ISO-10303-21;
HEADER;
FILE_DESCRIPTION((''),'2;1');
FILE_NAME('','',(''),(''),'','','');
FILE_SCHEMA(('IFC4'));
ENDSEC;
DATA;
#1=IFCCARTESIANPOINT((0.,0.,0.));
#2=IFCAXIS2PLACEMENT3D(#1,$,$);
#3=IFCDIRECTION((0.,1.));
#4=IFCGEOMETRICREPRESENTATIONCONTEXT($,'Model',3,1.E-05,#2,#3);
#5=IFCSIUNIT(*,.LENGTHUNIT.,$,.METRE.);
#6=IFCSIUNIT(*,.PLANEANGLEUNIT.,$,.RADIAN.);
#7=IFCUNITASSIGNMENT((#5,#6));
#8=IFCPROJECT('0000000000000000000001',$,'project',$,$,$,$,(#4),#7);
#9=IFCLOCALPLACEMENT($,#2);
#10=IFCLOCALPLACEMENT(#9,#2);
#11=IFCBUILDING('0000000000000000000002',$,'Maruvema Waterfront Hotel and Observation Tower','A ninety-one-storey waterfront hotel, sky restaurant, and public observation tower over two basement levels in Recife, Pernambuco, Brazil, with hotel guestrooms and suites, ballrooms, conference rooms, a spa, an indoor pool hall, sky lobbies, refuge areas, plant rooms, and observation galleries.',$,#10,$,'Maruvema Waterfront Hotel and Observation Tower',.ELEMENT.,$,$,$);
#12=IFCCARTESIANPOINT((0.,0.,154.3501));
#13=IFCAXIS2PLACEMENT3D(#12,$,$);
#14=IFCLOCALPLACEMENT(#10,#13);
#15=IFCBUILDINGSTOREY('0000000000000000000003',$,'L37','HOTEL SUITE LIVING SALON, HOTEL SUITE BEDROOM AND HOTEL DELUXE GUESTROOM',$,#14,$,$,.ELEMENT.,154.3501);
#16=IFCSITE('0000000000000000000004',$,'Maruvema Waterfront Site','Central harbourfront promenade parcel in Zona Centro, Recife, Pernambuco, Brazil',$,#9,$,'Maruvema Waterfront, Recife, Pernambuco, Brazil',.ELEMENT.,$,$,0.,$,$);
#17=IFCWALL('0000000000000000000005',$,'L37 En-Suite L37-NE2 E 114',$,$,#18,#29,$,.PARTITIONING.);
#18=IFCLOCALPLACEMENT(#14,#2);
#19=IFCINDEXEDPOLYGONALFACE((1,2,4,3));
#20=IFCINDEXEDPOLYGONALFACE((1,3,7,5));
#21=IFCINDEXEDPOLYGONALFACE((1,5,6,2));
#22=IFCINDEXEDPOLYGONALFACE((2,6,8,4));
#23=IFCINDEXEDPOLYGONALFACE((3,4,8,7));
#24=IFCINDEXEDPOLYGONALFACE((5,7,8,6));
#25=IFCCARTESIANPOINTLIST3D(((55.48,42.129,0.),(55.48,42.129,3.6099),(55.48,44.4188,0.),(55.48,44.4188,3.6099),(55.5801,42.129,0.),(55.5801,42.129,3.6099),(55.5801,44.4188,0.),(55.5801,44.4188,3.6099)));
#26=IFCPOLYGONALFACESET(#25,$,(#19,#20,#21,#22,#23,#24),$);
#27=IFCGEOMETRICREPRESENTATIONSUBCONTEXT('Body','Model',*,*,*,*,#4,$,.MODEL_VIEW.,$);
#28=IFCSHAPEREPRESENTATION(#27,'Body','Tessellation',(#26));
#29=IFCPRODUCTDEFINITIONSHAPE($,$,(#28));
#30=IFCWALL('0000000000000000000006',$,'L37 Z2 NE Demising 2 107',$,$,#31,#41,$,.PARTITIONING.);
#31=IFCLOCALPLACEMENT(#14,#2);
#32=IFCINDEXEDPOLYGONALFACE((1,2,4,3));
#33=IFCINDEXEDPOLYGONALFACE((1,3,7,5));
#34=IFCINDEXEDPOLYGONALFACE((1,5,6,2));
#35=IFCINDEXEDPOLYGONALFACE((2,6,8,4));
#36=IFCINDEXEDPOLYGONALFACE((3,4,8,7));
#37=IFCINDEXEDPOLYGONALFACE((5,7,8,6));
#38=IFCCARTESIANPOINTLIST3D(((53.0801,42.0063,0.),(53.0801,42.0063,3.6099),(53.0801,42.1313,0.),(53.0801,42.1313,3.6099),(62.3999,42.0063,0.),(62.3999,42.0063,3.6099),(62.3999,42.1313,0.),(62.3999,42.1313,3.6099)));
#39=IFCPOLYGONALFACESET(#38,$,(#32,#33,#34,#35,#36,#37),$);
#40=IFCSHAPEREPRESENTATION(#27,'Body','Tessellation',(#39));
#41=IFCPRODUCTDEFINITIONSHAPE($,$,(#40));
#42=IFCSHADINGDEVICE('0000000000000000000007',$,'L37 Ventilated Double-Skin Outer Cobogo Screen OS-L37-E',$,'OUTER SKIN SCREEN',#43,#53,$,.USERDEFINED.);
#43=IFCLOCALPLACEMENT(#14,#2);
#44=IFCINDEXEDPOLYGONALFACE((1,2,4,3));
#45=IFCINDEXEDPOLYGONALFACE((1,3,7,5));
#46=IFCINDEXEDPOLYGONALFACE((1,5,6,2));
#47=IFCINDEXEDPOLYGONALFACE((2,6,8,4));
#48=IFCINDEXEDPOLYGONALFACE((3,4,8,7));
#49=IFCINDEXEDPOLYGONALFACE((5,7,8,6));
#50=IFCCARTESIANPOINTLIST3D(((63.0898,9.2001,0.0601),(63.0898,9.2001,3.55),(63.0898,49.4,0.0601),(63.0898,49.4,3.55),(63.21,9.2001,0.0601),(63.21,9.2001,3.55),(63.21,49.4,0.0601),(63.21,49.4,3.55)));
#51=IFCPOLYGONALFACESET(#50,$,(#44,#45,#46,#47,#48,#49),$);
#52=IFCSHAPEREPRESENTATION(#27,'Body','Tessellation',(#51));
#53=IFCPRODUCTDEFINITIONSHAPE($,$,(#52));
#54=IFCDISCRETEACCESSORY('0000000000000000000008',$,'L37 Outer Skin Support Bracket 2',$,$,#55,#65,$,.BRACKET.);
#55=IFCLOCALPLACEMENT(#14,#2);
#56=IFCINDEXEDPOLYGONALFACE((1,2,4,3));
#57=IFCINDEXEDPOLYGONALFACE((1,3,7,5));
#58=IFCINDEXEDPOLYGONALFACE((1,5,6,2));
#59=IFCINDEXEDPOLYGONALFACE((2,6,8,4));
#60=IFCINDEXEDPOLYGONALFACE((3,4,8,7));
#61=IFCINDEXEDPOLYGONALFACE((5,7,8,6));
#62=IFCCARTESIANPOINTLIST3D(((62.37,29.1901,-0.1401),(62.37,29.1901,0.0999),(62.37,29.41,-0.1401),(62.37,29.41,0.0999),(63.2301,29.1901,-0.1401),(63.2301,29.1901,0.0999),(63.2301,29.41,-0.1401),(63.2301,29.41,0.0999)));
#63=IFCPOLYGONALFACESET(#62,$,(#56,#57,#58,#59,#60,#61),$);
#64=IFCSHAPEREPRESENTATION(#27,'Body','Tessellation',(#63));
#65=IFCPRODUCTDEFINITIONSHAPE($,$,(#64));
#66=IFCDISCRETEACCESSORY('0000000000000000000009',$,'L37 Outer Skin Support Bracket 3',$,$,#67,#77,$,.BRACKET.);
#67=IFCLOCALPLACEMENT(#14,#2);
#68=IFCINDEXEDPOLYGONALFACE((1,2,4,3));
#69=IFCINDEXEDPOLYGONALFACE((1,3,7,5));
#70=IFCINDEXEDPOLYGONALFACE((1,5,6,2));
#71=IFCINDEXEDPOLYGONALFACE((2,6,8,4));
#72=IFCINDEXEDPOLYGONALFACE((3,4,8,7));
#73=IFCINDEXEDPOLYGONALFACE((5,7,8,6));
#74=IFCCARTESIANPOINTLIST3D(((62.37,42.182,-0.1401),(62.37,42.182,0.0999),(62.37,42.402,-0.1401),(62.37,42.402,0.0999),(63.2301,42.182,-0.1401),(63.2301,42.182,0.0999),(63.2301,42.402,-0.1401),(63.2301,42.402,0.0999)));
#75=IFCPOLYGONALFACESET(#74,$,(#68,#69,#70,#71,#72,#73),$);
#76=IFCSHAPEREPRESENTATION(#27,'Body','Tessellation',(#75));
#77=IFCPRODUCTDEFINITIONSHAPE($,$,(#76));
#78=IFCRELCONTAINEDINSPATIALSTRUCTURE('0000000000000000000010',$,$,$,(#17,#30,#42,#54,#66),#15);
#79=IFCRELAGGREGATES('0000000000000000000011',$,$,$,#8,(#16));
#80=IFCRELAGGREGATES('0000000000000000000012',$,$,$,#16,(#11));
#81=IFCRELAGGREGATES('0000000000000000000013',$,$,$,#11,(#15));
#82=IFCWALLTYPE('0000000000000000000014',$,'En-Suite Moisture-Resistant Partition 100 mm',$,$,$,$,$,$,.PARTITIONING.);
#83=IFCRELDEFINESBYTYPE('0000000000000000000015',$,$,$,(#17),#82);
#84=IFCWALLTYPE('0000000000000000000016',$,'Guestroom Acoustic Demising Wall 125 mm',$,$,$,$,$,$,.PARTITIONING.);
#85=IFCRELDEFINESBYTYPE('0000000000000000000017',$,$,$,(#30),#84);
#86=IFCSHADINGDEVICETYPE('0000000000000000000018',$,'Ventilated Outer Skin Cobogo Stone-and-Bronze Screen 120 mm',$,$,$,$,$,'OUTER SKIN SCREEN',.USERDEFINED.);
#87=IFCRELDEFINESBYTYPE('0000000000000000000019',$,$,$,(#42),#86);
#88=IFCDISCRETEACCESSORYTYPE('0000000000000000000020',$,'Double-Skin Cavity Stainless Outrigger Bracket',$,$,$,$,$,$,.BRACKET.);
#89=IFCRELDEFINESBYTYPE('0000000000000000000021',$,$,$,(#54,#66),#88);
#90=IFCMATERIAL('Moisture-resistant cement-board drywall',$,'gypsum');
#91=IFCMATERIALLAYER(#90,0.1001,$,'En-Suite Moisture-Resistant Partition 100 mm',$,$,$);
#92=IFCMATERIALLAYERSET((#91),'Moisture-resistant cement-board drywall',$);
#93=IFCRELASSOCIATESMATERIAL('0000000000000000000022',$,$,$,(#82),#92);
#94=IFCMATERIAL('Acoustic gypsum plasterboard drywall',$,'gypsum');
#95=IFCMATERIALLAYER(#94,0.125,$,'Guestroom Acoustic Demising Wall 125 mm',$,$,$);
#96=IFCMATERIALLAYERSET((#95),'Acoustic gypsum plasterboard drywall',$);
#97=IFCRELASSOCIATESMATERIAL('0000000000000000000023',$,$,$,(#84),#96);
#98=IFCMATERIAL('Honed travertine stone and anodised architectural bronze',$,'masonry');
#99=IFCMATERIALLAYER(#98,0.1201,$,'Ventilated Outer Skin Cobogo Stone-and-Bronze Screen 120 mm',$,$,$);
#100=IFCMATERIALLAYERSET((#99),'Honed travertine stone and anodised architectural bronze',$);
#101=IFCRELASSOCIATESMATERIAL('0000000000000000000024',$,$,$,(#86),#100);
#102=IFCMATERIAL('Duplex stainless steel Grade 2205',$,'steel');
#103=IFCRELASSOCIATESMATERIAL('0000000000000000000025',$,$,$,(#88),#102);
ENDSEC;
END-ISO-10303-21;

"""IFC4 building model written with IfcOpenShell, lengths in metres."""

from ifc_helpers import new_model, si_unit, direction, frame, frame_2d, origin, origin_2d, place, context, subcontext, project, spatial, rectangle, extrude, material, layer, layer_set, type_object, element, save


model = new_model("IFC4")

# Units and contexts
model_context = context("Model", 3, precision=1e-05, world=origin(), true_north=direction((0.0, 1.0)))
body_context = subcontext(model_context, "Body", "Model", "MODEL_VIEW")
ifc_project = project(units=[si_unit("LENGTHUNIT", "METRE"), si_unit("PLANEANGLEUNIT", "RADIAN")], contexts=[model_context])

# Site, building, storey
site_placement = place(None, origin())
site = spatial("IfcSite", under=ifc_project, at=site_placement, Name="Maruvema Waterfront Site", Description="Central harbourfront promenade parcel in Zona Centro, Recife, Pernambuco, Brazil", LongName="Maruvema Waterfront, Recife, Pernambuco, Brazil", CompositionType="ELEMENT", RefElevation=0.0)
building_placement = place(site_placement, origin())
building = spatial("IfcBuilding", under=site, at=building_placement, Name="Maruvema Waterfront Hotel and Observation Tower", Description="A ninety-one-storey waterfront hotel, sky restaurant, and public observation tower over two basement levels in Recife, Pernambuco, Brazil, with hotel guestrooms and suites, ballrooms, conference rooms, a spa, an indoor pool hall, sky lobbies, refuge areas, plant rooms, and observation galleries.", LongName="Maruvema Waterfront Hotel and Observation Tower", CompositionType="ELEMENT")
storey_placement = place(building_placement, frame((0.0, 0.0, 154.3501)))
storey = spatial("IfcBuildingStorey", under=building, at=storey_placement, Name="L37", Description="HOTEL SUITE LIVING SALON, HOTEL SUITE BEDROOM AND HOTEL DELUXE GUESTROOM", CompositionType="ELEMENT", Elevation=154.3501)

# Shared definitions
ifc_material_1 = material(Name="Moisture-resistant cement-board drywall", Category="gypsum")
ifc_layer_1 = layer(ifc_material_1, 0.1001, Name="En-Suite Moisture-Resistant Partition 100 mm")
ifc_layer_set_1 = layer_set([ifc_layer_1], Name="Moisture-resistant cement-board drywall")
wall_type_1 = type_object("IfcWallType", Name="En-Suite Moisture-Resistant Partition 100 mm", PredefinedType="PARTITIONING", material=ifc_layer_set_1)

# Walls
wall_1_placement = place(storey_placement, frame((55.53, 42.1289, 0.0), z_axis=(0.0, 0.0, 1.0), x_axis=(0.0, 1.0, 0.0)))
element("IfcWall", 1, at=wall_1_placement, inside=storey, type_object=wall_type_1, Name="L37 En-Suite L37-NE2 E 114", PredefinedType="PARTITIONING", context=body_context, shape_type="SweptSolid", body=[
    extrude(rectangle(XDim=2.2898, YDim=0.1001, at=frame_2d((1.145, 0.0))), origin(), (0.0, 0.0, 1.0), 3.6099),
])
ifc_material_2 = material(Name="Acoustic gypsum plasterboard drywall", Category="gypsum")
ifc_layer_2 = layer(ifc_material_2, 0.125, Name="Guestroom Acoustic Demising Wall 125 mm")
ifc_layer_set_2 = layer_set([ifc_layer_2], Name="Acoustic gypsum plasterboard drywall")
wall_type_2 = type_object("IfcWallType", Name="Guestroom Acoustic Demising Wall 125 mm", PredefinedType="PARTITIONING", material=ifc_layer_set_2)
wall_2_placement = place(storey_placement, frame((53.0801, 42.0688, 0.0), z_axis=(0.0, 0.0, 1.0), x_axis=(1.0, 0.0, 0.0)))
element("IfcWall", 2, at=wall_2_placement, inside=storey, type_object=wall_type_2, Name="L37 Z2 NE Demising 2 107", PredefinedType="PARTITIONING", context=body_context, shape_type="SweptSolid", body=[
    extrude(rectangle(XDim=9.3198, YDim=0.125, at=frame_2d((4.6599, 0.0))), origin(), (0.0, 0.0, 1.0), 3.6099),
])

# Shading device
ifc_material_3 = material(Name="Honed travertine stone and anodised architectural bronze", Category="masonry")
ifc_layer_3 = layer(ifc_material_3, 0.1201, Name="Ventilated Outer Skin Cobogo Stone-and-Bronze Screen 120 mm")
ifc_layer_set_3 = layer_set([ifc_layer_3], Name="Honed travertine stone and anodised architectural bronze")
shading_device_type = type_object("IfcShadingDeviceType", Name="Ventilated Outer Skin Cobogo Stone-and-Bronze Screen 120 mm", ElementType="OUTER SKIN SCREEN", PredefinedType="USERDEFINED", material=ifc_layer_set_3)
shading_device_placement = place(storey_placement, frame((63.1499, 29.3, 0.0601), z_axis=(0.0, 0.0, 1.0), x_axis=(0.0, 1.0, 0.0)))
element("IfcShadingDevice", 3, at=shading_device_placement, inside=storey, type_object=shading_device_type, Name="L37 Ventilated Double-Skin Outer Cobogo Screen OS-L37-E", ObjectType="OUTER SKIN SCREEN", PredefinedType="USERDEFINED", context=body_context, shape_type="SweptSolid", body=[
    extrude(rectangle(XDim=40.2, YDim=0.1201, at=origin_2d()), origin(), (0.0, 0.0, 1.0), 3.49),
])

# Discrete accessories
ifc_material_4 = material(Name="Duplex stainless steel Grade 2205", Category="steel")
discrete_accessory_type = type_object("IfcDiscreteAccessoryType", Name="Double-Skin Cavity Stainless Outrigger Bracket", PredefinedType="BRACKET", material=ifc_material_4)
for number, where, z_axis, x_axis, name in (
    (4, (62.8, 29.3, -0.1401), (0.0, 0.0, 1.0), (0.0, 1.0, 0.0), "L37 Outer Skin Support Bracket 2"),
    (5, (62.8, 42.292, -0.1401), (0.0, 0.0, 1.0), (0.0, 1.0, 0.0), "L37 Outer Skin Support Bracket 3"),
):
    element("IfcDiscreteAccessory", number, at=place(storey_placement, frame(where, z_axis=z_axis, x_axis=x_axis)), inside=storey, type_object=discrete_accessory_type, Name=name, PredefinedType="BRACKET", context=body_context, shape_type="SweptSolid", body=[
        extrude(rectangle(XDim=0.22, YDim=0.8601, at=origin_2d()), origin(), (0.0, 0.0, 1.0), 0.24),
    ])

save(model, "model.ifc")
